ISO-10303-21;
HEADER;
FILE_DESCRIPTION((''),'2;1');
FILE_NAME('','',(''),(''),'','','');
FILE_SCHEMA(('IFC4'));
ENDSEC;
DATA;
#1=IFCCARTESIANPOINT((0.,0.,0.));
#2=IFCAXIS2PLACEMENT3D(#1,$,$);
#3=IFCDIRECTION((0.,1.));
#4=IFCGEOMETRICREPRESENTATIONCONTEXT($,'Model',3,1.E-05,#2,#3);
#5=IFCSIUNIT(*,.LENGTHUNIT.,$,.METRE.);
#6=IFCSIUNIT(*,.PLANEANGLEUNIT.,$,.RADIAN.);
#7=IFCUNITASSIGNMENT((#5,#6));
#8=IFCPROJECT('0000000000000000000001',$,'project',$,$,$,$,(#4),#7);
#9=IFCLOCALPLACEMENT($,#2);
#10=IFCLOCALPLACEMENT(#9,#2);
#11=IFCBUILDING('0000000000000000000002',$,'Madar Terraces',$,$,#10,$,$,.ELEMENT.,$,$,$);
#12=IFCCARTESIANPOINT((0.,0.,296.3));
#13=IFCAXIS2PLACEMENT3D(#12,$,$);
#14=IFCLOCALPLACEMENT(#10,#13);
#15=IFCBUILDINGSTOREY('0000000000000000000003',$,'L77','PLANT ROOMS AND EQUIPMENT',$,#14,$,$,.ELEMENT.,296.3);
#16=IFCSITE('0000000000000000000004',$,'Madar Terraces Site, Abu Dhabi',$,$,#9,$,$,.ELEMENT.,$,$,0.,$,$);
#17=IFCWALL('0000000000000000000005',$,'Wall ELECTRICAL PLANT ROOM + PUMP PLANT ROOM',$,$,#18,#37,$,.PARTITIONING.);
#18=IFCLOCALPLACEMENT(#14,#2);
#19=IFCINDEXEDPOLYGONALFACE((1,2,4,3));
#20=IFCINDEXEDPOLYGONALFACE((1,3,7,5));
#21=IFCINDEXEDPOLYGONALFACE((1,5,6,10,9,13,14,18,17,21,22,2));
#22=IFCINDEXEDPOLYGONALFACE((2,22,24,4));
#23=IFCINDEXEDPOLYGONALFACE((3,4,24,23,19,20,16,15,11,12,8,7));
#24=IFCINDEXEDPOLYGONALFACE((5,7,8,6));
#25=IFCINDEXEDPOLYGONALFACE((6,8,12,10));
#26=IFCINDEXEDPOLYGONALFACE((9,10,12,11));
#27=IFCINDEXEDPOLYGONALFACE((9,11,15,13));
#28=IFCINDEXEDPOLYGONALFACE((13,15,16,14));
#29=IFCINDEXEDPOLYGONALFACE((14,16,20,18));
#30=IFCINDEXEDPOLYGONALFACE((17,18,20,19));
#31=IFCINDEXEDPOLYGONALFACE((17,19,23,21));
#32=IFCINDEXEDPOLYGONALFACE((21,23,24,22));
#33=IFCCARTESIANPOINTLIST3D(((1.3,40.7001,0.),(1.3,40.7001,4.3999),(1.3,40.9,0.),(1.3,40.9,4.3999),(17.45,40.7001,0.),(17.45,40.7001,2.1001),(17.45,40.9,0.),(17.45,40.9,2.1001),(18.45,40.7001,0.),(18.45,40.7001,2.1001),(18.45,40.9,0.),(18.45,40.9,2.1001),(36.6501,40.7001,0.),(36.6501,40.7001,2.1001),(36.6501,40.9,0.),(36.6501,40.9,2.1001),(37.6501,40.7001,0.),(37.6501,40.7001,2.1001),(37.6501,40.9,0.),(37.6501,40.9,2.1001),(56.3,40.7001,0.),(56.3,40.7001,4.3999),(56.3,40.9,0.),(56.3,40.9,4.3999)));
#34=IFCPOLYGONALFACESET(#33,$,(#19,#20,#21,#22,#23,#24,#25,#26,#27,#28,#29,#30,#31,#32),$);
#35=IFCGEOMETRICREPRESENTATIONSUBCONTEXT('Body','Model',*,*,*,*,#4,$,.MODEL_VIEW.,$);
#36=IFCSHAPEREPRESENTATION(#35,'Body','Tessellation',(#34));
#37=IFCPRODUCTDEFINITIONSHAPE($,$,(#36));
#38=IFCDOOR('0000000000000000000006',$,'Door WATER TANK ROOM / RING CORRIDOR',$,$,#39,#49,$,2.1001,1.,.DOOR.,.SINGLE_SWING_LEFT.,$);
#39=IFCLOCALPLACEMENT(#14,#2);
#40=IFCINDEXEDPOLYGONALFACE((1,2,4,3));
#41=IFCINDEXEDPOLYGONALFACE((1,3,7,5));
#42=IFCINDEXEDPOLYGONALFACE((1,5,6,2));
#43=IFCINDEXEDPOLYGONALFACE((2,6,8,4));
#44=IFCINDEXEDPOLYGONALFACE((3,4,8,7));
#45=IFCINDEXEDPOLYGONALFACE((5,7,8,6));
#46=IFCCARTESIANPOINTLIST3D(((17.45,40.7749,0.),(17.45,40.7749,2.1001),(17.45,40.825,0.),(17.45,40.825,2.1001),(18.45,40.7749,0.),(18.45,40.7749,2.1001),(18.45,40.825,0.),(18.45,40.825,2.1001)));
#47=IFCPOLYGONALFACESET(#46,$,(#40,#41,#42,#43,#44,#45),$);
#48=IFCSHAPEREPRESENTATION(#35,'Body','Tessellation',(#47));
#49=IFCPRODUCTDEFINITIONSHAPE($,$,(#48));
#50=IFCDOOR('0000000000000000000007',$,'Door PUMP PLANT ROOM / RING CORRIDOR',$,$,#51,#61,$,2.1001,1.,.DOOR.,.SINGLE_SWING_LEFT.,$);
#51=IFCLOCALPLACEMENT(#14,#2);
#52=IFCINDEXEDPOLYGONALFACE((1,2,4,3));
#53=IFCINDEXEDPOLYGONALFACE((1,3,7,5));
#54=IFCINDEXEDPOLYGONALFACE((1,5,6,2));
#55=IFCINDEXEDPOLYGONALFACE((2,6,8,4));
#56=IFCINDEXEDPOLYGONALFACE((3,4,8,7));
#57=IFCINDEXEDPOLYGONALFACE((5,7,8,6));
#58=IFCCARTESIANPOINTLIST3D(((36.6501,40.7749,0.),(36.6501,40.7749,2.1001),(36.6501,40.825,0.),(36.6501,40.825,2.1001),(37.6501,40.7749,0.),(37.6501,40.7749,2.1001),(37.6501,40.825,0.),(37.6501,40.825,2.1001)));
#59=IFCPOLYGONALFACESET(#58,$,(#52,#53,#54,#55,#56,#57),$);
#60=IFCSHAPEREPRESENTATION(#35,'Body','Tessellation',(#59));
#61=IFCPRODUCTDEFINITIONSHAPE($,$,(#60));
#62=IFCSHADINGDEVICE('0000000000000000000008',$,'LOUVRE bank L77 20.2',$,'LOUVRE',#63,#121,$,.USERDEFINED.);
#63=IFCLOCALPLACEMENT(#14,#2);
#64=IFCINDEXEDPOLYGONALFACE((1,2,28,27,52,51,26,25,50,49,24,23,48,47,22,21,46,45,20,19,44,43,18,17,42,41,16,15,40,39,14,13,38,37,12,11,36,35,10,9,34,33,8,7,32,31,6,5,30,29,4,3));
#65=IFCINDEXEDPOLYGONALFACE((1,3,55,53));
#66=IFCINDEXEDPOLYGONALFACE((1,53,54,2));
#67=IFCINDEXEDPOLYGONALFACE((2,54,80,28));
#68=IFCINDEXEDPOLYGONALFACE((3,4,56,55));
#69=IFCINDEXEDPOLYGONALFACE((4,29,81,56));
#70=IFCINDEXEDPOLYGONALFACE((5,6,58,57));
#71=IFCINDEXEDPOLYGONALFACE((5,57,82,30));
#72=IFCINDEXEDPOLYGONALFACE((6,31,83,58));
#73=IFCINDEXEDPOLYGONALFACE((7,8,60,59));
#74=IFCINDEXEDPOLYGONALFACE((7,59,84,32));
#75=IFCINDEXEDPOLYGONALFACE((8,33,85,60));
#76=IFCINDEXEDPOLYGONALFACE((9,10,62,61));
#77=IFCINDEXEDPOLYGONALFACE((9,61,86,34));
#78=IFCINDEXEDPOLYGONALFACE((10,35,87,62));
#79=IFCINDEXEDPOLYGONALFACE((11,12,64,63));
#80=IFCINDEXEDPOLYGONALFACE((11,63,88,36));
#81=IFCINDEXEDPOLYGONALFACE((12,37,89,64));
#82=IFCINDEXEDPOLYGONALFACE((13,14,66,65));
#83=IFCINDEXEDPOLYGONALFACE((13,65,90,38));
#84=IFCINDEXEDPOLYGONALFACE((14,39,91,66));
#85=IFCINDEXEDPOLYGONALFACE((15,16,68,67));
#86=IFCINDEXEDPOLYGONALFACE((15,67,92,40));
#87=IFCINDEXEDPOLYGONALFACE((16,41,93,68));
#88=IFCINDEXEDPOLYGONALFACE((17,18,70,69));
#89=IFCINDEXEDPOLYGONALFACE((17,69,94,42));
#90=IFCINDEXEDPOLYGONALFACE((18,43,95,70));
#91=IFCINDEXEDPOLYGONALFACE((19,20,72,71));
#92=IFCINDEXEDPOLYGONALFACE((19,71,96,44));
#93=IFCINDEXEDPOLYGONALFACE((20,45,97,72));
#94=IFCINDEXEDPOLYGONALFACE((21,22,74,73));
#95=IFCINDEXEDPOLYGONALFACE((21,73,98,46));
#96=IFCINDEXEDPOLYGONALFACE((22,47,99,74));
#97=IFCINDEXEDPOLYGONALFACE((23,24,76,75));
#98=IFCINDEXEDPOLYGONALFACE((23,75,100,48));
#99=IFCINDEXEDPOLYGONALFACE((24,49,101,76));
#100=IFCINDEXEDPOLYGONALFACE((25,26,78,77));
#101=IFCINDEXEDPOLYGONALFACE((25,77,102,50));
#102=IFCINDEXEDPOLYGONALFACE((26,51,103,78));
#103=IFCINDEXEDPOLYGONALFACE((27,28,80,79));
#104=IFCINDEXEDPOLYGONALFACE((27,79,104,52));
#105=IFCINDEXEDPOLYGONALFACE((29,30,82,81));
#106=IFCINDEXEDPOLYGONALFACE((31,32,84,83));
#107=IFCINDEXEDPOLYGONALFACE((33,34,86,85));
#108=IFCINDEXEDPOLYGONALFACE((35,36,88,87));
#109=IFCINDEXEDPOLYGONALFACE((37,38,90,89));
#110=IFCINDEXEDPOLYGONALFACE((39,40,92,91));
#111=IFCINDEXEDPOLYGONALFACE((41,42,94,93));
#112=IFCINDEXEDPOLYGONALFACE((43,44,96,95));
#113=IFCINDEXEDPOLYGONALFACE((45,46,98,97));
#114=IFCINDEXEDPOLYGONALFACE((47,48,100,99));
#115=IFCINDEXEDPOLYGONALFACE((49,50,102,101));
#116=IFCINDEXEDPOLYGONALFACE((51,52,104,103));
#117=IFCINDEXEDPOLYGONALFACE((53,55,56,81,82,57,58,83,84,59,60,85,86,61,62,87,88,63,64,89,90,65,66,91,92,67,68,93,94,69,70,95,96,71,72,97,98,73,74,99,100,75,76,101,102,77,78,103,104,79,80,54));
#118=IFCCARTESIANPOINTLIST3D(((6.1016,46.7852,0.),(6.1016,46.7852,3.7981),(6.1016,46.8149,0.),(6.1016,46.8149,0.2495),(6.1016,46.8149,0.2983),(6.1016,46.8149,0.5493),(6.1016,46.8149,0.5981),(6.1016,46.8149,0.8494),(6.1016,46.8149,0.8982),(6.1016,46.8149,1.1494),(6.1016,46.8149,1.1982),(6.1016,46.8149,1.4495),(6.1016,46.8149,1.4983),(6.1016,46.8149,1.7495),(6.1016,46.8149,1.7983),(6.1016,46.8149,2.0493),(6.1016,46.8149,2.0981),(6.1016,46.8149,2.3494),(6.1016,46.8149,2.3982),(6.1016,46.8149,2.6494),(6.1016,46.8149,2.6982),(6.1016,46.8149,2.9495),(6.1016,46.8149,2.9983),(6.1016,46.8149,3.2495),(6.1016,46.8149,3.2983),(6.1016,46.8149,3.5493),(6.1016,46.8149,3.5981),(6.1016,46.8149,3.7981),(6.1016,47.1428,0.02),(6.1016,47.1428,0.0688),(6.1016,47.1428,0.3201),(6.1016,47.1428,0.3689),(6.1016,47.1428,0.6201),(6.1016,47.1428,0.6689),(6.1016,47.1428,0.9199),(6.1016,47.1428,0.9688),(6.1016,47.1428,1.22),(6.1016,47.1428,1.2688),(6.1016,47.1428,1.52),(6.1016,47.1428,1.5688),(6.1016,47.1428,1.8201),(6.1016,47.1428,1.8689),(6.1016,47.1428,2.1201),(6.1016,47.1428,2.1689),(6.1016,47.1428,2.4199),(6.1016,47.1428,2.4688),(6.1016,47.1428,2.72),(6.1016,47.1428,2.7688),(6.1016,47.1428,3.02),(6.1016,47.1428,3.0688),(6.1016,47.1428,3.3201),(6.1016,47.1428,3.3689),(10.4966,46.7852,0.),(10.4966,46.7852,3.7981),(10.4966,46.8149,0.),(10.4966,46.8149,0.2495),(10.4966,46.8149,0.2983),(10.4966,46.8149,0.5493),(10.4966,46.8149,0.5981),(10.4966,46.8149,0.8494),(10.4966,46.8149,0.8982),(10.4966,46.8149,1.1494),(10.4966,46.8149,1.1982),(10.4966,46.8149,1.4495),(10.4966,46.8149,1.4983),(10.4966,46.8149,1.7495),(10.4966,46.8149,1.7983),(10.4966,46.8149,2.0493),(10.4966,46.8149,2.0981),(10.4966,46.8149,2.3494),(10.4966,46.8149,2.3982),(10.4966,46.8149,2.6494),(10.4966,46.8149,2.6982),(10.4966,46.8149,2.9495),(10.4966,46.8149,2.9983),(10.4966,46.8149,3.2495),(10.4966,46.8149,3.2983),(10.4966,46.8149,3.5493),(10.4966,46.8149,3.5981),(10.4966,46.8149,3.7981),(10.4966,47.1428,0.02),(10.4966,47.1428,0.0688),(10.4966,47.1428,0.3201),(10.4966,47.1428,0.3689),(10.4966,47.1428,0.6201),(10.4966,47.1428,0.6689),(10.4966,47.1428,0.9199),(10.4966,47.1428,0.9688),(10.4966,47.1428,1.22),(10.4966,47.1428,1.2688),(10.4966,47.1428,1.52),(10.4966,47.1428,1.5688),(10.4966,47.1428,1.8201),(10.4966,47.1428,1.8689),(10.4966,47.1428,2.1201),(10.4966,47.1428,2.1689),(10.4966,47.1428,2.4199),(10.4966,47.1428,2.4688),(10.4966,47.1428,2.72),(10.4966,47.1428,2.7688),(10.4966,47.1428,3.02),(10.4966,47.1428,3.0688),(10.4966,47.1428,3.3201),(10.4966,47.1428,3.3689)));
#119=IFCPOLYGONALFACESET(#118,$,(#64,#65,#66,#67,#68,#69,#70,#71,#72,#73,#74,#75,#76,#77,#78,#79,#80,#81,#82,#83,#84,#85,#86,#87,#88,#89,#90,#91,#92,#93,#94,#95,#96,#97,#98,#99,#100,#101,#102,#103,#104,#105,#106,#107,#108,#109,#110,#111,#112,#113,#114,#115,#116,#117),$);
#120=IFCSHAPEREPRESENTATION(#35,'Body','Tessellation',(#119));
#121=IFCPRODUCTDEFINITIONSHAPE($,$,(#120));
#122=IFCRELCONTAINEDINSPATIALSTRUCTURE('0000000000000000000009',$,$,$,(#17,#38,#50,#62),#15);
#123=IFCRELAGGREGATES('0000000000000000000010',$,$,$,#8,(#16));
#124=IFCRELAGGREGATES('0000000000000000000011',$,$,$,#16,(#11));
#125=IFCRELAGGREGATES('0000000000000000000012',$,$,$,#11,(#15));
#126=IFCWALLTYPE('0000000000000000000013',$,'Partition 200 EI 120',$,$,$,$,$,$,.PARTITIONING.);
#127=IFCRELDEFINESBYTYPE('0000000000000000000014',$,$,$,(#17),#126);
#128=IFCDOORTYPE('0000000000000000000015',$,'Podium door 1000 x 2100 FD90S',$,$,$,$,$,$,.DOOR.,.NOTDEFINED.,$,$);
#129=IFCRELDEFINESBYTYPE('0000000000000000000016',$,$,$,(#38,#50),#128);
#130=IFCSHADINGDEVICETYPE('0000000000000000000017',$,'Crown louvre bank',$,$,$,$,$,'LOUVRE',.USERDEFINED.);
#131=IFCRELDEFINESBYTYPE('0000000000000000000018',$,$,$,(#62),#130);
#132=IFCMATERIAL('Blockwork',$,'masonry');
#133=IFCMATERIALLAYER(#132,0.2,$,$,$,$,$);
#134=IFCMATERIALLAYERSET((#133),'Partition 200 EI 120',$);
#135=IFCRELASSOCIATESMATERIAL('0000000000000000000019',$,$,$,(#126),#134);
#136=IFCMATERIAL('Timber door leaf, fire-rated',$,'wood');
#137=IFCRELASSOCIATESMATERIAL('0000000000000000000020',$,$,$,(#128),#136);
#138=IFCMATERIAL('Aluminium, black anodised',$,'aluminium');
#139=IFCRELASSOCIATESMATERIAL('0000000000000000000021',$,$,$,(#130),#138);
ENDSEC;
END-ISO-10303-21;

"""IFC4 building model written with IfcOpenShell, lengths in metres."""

from ifc_helpers import new_model, si_unit, direction, frame, frame_2d, origin, place, context, subcontext, project, spatial, polyline, rectangle, outline, extrude, material, layer, layer_set, type_object, element, fill, save


model = new_model("IFC4")

# Units and contexts
model_context = context("Model", 3, precision=1e-05, world=origin(), true_north=direction((0.0, 1.0)))
body_context = subcontext(model_context, "Body", "Model", "MODEL_VIEW")
ifc_project = project(units=[si_unit("LENGTHUNIT", "METRE"), si_unit("PLANEANGLEUNIT", "RADIAN")], contexts=[model_context])

# Site, building, storey
site_placement = place(None, origin())
site = spatial("IfcSite", under=ifc_project, at=site_placement, Name="Madar Terraces Site, Abu Dhabi", CompositionType="ELEMENT", RefElevation=0.0)
building_placement = place(site_placement, origin())
building = spatial("IfcBuilding", under=site, at=building_placement, Name="Madar Terraces", CompositionType="ELEMENT")
storey_placement = place(building_placement, frame((0.0, 0.0, 296.3)))
storey = spatial("IfcBuildingStorey", under=building, at=storey_placement, Name="L77", Description="PLANT ROOMS AND EQUIPMENT", CompositionType="ELEMENT", Elevation=296.3)

# Shared definitions
ifc_material_1 = material(Name="Blockwork", Category="masonry")
ifc_layer = layer(ifc_material_1, 0.2)
ifc_layer_set = layer_set([ifc_layer], Name="Partition 200 EI 120")
wall_type = type_object("IfcWallType", Name="Partition 200 EI 120", PredefinedType="PARTITIONING", material=ifc_layer_set)

# Wall, openings, doors
wall_1_placement = place(storey_placement, frame((1.3, 40.8, 0.0), z_axis=(0.0, 0.0, 1.0), x_axis=(1.0, 0.0, 0.0)))
wall_1 = element("IfcWall", 1, at=wall_1_placement, inside=storey, type_object=wall_type, Name="Wall ELECTRICAL PLANT ROOM + PUMP PLANT ROOM", PredefinedType="PARTITIONING", context=body_context, shape_type="SweptSolid", body=[
    extrude(rectangle(XDim=55.0, YDim=0.2, at=frame_2d((27.5, 0.0))), origin(), (0.0, 0.0, 1.0), 4.3999),
])
opening_1_placement = place(wall_1_placement, frame((16.1499, 0.0, 0.0)))
opening_1 = element("IfcOpeningElement", 2, at=opening_1_placement, cuts=wall_1, PredefinedType="OPENING", context=body_context, shape_type="SweptSolid", body=[
    extrude(rectangle(XDim=1.0, YDim=2.1001, at=frame_2d((0.5, 1.05))), frame((0.0, 0.1099, 0.0), z_axis=(0.0, -1.0, 0.0), x_axis=(1.0, 0.0, 0.0)), (0.0, 0.0, 1.0), 0.22),
])
opening_2_placement = place(wall_1_placement, frame((35.3501, 0.0, 0.0)))
opening_2 = element("IfcOpeningElement", 3, at=opening_2_placement, cuts=wall_1, PredefinedType="OPENING", context=body_context, shape_type="SweptSolid", body=[
    extrude(rectangle(XDim=1.0, YDim=2.1001, at=frame_2d((0.5, 1.05))), frame((0.0, 0.1099, 0.0), z_axis=(0.0, -1.0, 0.0), x_axis=(1.0, 0.0, 0.0)), (0.0, 0.0, 1.0), 0.22),
])
ifc_material_2 = material(Name="Timber door leaf, fire-rated", Category="wood")
door_type = type_object("IfcDoorType", Name="Podium door 1000 x 2100 FD90S", OperationType="NOTDEFINED", PredefinedType="DOOR", material=ifc_material_2)
door_1_placement = place(opening_1_placement, origin())
door_1 = element("IfcDoor", 4, at=door_1_placement, inside=storey, type_object=door_type, Name="Door WATER TANK ROOM / RING CORRIDOR", OperationType="SINGLE_SWING_LEFT", OverallHeight=2.1001, OverallWidth=1.0, PredefinedType="DOOR", context=body_context, shape_type="SweptSolid", body=[
    extrude(rectangle(XDim=1.0, YDim=2.1001, at=frame_2d((0.5, 1.05))), frame((0.0, 0.0249, 0.0), z_axis=(0.0, -1.0, 0.0), x_axis=(1.0, 0.0, 0.0)), (0.0, 0.0, 1.0), 0.05),
])
fill(opening_1, door_1)
door_2_placement = place(opening_2_placement, origin())
door_2 = element("IfcDoor", 5, at=door_2_placement, inside=storey, type_object=door_type, Name="Door PUMP PLANT ROOM / RING CORRIDOR", OperationType="SINGLE_SWING_LEFT", OverallHeight=2.1001, OverallWidth=1.0, PredefinedType="DOOR", context=body_context, shape_type="SweptSolid", body=[
    extrude(rectangle(XDim=1.0, YDim=2.1001, at=frame_2d((0.5, 1.05))), frame((0.0, 0.0249, 0.0), z_axis=(0.0, -1.0, 0.0), x_axis=(1.0, 0.0, 0.0)), (0.0, 0.0, 1.0), 0.05),
])
fill(opening_2, door_2)

# Shading device
ifc_material_3 = material(Name="Aluminium, black anodised", Category="aluminium")
shading_device_type = type_object("IfcShadingDeviceType", Name="Crown louvre bank", ElementType="LOUVRE", PredefinedType="USERDEFINED", material=ifc_material_3)
shading_device_1_placement = place(storey_placement, frame((10.4966, 46.8, 0.0), z_axis=(-1.0, 0.0, 0.0), x_axis=(0.0, -1.0, 0.0)))
element("IfcShadingDevice", 6, at=shading_device_1_placement, inside=storey, type_object=shading_device_type, Name="LOUVRE bank L77 20.2", ObjectType="LOUVRE", PredefinedType="USERDEFINED", context=body_context, shape_type="SweptSolid", body=[
    extrude(outline(polyline([(0.0149, 0.0), (-0.0149, 0.0), (-0.0149, 0.2495), (-0.3428, 0.02), (-0.3428, 0.0688), (-0.0149, 0.2983), (-0.0149, 0.5493), (-0.3428, 0.3201), (-0.3428, 0.3689), (-0.0149, 0.5981), (-0.0149, 0.8494), (-0.3428, 0.6201), (-0.3428, 0.6689), (-0.0149, 0.8982), (-0.0149, 1.1494), (-0.3428, 0.9199), (-0.3428, 0.9688), (-0.0149, 1.1982), (-0.0149, 1.4495), (-0.3428, 1.22), (-0.3428, 1.2688), (-0.0149, 1.4983), (-0.0149, 1.7495), (-0.3428, 1.52), (-0.3428, 1.5688), (-0.0149, 1.7983), (-0.0149, 2.0493), (-0.3428, 1.8201), (-0.3428, 1.8689), (-0.0149, 2.0981), (-0.0149, 2.3494), (-0.3428, 2.1201), (-0.3428, 2.1689), (-0.0149, 2.3982), (-0.0149, 2.6494), (-0.3428, 2.4199), (-0.3428, 2.4688), (-0.0149, 2.6982), (-0.0149, 2.9495), (-0.3428, 2.72), (-0.3428, 2.7688), (-0.0149, 2.9983), (-0.0149, 3.2495), (-0.3428, 3.02), (-0.3428, 3.0688), (-0.0149, 3.2983), (-0.0149, 3.5493), (-0.3428, 3.3201), (-0.3428, 3.3689), (-0.0149, 3.5981), (-0.0149, 3.7981), (0.0149, 3.7981), (0.0149, 0.0)])), origin(), (0.0, 0.0, 1.0), 4.395),
])

save(model, "model.ifc")
